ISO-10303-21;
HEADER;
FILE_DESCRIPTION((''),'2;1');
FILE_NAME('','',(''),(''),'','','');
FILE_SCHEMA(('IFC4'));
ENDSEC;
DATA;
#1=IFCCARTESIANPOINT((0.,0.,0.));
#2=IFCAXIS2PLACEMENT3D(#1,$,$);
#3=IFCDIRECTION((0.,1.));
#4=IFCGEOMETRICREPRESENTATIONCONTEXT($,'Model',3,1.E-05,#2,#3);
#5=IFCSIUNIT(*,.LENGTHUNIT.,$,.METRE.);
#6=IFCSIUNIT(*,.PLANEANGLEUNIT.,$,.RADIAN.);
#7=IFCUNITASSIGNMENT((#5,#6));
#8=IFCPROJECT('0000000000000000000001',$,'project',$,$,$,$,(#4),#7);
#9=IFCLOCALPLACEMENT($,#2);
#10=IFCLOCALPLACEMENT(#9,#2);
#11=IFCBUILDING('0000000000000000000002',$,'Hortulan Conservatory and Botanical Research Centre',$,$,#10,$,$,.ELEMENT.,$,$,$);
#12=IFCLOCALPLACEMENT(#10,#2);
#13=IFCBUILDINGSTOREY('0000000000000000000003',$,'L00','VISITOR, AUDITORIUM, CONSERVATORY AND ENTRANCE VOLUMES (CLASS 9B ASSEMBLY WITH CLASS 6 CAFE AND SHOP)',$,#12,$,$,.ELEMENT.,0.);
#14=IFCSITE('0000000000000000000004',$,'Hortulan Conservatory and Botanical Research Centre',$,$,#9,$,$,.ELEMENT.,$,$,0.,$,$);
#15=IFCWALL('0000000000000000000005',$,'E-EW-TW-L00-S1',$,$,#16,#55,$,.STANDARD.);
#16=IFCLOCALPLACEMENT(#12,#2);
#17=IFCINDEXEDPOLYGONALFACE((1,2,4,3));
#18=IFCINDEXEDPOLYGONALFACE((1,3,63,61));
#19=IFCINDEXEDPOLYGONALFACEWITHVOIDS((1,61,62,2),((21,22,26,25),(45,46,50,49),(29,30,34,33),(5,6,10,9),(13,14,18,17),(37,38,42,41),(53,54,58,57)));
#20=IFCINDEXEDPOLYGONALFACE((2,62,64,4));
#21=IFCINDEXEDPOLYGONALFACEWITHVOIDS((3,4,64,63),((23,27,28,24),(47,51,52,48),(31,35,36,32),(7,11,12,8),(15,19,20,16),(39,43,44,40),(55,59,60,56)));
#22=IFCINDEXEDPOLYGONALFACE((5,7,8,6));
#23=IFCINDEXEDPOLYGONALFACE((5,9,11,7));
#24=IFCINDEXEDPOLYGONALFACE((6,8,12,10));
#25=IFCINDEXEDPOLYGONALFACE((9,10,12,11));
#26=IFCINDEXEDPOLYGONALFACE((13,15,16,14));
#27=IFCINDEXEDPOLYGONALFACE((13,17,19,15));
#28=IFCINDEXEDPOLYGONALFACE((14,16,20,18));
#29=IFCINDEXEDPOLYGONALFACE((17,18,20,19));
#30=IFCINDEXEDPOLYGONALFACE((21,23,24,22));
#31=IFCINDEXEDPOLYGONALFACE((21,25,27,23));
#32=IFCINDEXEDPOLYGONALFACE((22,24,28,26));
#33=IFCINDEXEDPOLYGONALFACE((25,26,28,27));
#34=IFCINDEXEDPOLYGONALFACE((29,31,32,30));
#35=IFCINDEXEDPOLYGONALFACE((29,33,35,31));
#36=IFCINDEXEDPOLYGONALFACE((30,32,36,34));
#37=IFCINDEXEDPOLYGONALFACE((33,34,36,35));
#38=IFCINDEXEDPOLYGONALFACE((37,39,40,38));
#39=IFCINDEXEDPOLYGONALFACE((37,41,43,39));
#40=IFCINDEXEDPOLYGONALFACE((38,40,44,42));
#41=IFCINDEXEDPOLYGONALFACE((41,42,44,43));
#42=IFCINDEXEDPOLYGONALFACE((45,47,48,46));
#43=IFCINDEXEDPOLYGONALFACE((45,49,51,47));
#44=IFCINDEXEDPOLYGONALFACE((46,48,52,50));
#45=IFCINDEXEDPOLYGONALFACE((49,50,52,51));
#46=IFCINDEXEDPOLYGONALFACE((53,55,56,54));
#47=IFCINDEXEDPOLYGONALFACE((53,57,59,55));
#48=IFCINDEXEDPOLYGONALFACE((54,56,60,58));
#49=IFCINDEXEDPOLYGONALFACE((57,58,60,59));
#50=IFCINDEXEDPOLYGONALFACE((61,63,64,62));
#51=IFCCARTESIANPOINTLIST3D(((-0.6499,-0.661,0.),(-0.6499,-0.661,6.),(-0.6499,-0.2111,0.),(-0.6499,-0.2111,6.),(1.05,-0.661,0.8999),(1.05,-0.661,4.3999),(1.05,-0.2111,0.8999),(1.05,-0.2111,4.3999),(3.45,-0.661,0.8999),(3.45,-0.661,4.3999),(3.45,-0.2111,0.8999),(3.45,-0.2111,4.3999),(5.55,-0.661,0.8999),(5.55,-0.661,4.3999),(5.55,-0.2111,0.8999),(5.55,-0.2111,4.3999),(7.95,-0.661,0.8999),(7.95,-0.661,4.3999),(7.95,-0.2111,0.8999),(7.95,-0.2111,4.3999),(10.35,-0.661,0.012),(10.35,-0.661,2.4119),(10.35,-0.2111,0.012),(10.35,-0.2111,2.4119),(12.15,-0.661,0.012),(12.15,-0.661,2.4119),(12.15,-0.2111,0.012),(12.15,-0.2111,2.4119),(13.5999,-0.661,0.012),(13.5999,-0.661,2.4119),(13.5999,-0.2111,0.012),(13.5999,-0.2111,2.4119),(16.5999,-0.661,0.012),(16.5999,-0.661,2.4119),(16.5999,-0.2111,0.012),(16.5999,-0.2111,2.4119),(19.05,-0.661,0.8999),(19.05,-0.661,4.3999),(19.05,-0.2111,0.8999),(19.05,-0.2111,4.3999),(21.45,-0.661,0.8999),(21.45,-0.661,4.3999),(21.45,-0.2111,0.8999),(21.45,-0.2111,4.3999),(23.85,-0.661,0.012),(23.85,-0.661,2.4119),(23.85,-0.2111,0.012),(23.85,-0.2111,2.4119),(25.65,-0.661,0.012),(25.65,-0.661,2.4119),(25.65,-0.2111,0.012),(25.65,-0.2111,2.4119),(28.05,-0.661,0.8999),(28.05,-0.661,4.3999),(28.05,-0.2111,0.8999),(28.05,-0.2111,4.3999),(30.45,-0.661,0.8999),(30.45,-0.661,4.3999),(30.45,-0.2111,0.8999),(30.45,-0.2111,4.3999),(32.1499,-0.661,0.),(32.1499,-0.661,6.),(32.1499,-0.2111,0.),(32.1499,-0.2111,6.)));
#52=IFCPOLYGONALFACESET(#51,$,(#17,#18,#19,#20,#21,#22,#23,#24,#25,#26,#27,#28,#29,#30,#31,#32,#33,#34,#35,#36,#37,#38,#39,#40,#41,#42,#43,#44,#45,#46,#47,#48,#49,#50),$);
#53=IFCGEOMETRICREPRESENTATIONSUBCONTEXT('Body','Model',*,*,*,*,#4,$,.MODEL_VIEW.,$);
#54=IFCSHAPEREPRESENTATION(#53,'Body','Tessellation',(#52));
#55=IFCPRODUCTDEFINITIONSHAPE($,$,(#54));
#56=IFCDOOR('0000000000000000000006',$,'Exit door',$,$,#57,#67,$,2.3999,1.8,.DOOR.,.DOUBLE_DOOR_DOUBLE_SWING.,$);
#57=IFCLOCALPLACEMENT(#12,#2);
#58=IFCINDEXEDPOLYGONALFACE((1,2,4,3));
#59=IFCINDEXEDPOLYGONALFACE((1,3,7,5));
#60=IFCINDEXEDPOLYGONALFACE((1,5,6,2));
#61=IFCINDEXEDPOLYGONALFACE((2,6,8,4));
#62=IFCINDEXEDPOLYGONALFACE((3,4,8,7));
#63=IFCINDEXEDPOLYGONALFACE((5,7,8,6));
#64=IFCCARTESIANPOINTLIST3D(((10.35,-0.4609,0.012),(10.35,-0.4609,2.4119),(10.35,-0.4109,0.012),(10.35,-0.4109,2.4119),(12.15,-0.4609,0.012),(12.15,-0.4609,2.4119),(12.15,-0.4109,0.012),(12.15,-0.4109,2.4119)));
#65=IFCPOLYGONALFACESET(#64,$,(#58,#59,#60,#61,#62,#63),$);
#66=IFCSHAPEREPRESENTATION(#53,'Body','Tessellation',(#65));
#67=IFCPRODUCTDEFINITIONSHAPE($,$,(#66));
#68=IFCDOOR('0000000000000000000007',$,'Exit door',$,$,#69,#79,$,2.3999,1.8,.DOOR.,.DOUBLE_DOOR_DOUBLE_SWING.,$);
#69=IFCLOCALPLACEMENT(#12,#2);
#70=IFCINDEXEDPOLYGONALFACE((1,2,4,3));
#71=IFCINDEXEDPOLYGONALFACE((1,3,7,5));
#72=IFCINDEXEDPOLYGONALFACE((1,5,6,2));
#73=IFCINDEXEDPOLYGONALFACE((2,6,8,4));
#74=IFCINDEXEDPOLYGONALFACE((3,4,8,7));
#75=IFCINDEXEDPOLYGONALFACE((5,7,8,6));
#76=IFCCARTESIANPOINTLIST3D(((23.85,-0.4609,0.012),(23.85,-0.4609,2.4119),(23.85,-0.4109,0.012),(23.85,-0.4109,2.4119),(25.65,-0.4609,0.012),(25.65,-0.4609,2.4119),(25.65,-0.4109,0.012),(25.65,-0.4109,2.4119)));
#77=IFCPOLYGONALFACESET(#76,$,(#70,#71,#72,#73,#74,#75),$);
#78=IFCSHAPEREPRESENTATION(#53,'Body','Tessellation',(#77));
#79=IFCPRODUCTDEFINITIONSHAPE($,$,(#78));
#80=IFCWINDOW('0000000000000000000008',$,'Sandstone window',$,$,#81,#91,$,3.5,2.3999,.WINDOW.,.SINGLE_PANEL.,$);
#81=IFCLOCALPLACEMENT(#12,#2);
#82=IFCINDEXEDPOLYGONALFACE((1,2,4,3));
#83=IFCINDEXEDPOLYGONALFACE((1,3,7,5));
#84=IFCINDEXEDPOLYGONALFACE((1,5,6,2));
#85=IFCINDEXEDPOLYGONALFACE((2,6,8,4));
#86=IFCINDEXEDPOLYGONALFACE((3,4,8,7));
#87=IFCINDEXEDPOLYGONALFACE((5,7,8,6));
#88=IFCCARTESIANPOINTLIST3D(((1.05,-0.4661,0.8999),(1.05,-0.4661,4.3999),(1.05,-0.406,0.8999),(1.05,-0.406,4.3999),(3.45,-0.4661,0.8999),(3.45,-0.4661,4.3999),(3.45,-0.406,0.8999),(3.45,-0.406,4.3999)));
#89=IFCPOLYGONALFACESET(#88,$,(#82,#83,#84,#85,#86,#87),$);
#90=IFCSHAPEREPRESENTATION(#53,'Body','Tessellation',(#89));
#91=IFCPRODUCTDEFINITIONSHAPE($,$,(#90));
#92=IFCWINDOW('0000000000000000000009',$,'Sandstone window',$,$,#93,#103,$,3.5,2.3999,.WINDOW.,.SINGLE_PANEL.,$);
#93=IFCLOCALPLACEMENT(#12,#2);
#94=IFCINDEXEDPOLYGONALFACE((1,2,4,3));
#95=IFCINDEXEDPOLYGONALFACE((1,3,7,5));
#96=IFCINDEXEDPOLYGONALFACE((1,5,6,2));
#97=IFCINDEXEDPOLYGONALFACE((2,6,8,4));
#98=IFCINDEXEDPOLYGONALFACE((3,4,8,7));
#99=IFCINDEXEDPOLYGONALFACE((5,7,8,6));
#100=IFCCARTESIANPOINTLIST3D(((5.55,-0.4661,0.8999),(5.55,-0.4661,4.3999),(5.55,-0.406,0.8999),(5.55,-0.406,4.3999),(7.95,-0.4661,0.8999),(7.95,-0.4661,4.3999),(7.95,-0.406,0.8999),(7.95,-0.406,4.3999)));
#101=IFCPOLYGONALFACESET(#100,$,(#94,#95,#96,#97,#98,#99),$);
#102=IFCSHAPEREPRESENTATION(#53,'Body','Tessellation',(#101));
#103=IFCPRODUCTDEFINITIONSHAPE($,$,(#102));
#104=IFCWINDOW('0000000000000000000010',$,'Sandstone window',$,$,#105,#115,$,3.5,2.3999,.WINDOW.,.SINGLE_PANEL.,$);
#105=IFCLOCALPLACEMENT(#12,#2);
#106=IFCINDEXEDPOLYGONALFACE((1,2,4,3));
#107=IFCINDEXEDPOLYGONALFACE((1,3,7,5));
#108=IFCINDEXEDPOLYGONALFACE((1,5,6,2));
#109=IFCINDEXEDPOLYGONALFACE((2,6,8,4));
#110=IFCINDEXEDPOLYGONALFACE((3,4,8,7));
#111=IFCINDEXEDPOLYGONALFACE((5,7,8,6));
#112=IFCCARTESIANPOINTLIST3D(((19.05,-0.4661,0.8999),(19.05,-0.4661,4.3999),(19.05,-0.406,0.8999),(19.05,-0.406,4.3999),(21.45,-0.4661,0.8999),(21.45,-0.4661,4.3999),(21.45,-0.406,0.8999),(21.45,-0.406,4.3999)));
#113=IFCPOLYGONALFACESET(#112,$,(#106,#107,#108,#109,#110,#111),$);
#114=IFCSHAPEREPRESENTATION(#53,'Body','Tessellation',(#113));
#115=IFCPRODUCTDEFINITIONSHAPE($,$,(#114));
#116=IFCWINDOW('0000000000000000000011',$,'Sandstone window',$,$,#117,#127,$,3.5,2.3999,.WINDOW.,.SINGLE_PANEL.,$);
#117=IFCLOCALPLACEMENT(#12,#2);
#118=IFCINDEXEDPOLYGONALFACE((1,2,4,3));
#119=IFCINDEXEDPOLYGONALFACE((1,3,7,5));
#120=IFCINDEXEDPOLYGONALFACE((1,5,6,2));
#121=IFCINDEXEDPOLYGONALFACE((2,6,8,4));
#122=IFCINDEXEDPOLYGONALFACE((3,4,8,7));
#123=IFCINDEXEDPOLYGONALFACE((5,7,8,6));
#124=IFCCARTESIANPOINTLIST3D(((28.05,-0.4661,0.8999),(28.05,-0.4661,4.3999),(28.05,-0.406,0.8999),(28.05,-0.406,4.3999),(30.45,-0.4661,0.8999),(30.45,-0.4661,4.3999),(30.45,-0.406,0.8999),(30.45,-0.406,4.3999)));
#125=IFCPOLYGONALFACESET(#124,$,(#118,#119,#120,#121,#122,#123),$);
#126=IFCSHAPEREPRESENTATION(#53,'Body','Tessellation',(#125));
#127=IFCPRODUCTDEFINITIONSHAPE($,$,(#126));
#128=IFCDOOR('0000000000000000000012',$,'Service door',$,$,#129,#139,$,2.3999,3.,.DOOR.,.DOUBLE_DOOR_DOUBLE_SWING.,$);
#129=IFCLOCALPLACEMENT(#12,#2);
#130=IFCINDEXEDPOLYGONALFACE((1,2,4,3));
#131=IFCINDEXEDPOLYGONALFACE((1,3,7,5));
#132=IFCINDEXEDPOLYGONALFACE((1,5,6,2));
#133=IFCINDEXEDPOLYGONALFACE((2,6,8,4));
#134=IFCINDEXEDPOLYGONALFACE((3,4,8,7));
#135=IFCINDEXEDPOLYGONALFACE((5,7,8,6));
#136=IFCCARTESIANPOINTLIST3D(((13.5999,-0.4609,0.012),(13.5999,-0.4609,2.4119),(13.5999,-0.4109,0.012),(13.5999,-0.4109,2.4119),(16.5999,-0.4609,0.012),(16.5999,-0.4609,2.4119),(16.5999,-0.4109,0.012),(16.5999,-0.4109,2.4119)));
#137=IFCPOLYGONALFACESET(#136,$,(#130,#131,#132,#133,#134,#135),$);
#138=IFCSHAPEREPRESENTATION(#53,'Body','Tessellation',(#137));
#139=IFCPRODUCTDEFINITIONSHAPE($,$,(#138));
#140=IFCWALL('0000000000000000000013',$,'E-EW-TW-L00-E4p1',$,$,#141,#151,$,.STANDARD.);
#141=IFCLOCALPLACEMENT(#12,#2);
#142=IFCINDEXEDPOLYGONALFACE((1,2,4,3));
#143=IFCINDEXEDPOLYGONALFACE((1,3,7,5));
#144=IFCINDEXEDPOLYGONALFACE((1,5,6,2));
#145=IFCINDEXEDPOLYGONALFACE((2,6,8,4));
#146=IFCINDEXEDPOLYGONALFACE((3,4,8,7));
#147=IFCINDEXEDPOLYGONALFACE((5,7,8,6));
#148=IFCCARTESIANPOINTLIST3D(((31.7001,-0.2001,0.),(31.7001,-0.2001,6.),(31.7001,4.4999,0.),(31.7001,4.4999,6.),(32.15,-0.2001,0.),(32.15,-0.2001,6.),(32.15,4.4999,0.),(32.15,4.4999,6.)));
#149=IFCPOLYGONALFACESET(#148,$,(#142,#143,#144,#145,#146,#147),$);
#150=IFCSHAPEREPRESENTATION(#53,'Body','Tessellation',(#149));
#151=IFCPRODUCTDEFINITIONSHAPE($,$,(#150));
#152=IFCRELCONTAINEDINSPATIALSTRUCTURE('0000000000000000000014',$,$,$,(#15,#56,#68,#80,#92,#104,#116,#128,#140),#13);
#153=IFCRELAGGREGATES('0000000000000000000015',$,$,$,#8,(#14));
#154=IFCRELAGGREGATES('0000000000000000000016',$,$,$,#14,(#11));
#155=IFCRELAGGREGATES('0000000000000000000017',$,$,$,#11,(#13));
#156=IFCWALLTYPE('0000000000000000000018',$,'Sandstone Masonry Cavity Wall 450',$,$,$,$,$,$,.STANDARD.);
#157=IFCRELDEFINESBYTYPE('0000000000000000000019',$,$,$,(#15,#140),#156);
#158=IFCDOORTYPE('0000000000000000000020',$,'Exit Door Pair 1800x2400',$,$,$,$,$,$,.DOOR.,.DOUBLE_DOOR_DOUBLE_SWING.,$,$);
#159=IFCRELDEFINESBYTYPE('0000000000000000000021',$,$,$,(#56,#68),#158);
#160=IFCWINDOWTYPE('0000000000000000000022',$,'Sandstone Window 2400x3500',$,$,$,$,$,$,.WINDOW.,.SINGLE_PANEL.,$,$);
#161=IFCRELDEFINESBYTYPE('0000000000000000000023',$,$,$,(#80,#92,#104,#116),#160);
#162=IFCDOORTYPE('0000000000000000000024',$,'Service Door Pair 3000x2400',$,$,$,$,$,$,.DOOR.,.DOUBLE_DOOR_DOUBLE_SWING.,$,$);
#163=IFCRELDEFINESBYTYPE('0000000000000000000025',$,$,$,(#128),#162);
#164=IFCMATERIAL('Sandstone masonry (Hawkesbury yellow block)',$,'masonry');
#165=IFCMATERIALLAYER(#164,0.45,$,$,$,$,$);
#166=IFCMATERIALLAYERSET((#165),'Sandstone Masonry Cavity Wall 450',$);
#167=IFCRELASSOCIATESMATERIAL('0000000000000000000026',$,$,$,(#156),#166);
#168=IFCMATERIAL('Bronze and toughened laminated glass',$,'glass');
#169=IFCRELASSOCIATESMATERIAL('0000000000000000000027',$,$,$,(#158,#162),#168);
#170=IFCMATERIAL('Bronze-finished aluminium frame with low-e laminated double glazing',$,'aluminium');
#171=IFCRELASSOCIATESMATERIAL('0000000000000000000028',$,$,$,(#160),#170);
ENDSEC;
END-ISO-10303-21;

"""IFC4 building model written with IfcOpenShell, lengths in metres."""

from ifc_helpers import new_model, si_unit, direction, frame, frame_2d, origin, place, context, subcontext, project, spatial, rectangle, extrude, material, layer, layer_set, type_object, element, fill, save


model = new_model("IFC4")

# Units and contexts
model_context = context("Model", 3, precision=1e-05, world=origin(), true_north=direction((0.0, 1.0)))
body_context = subcontext(model_context, "Body", "Model", "MODEL_VIEW")
ifc_project = project(units=[si_unit("LENGTHUNIT", "METRE"), si_unit("PLANEANGLEUNIT", "RADIAN")], contexts=[model_context])

# Site, building, storey
site_placement = place(None, origin())
site = spatial("IfcSite", under=ifc_project, at=site_placement, Name="Hortulan Conservatory and Botanical Research Centre", CompositionType="ELEMENT", RefElevation=0.0)
building_placement = place(site_placement, origin())
building = spatial("IfcBuilding", under=site, at=building_placement, Name="Hortulan Conservatory and Botanical Research Centre", CompositionType="ELEMENT")
storey_placement = place(building_placement, origin())
storey = spatial("IfcBuildingStorey", under=building, at=storey_placement, Name="L00", Description="VISITOR, AUDITORIUM, CONSERVATORY AND ENTRANCE VOLUMES (CLASS 9B ASSEMBLY WITH CLASS 6 CAFE AND SHOP)", CompositionType="ELEMENT", Elevation=0.0)

# Wall, openings, doors, windows
ifc_material_1 = material(Name="Sandstone masonry (Hawkesbury yellow block)", Category="masonry")
ifc_layer_1 = layer(ifc_material_1, 0.45)
ifc_layer_set_1 = layer_set([ifc_layer_1], Name="Sandstone Masonry Cavity Wall 450")
wall_type = type_object("IfcWallType", Name="Sandstone Masonry Cavity Wall 450", PredefinedType="STANDARD", material=ifc_layer_set_1)
wall_1_placement = place(storey_placement, frame((32.1499, -0.436, 0.0), z_axis=(0.0, 0.0, 1.0), x_axis=(-1.0, 0.0, 0.0)))
wall_1 = element("IfcWall", 1, at=wall_1_placement, inside=storey, type_object=wall_type, Name="E-EW-TW-L00-S1", PredefinedType="STANDARD", context=body_context, shape_type="SweptSolid", body=[
    extrude(rectangle(XDim=32.7998, YDim=0.45, at=frame_2d((16.3999, 0.0))), origin(), (0.0, 0.0, 1.0), 6.0),
])
opening_1_placement = place(wall_1_placement, frame((15.55, 0.0, 0.012)))
opening_1 = element("IfcOpeningElement", 2, at=opening_1_placement, cuts=wall_1, PredefinedType="OPENING", context=body_context, shape_type="SweptSolid", body=[
    extrude(rectangle(XDim=3.0, YDim=2.3999, at=frame_2d((1.5, 1.2))), frame((0.0, 0.2349, 0.0), z_axis=(0.0, -1.0, 0.0), x_axis=(1.0, 0.0, 0.0)), (0.0, 0.0, 1.0), 0.47),
])
opening_2_placement = place(wall_1_placement, frame((20.0, 0.0, 0.012)))
opening_2 = element("IfcOpeningElement", 3, at=opening_2_placement, cuts=wall_1, PredefinedType="OPENING", context=body_context, shape_type="SweptSolid", body=[
    extrude(rectangle(XDim=1.8, YDim=2.3999, at=frame_2d((0.8999, 1.2))), frame((0.0, 0.2349, 0.0), z_axis=(0.0, -1.0, 0.0), x_axis=(1.0, 0.0, 0.0)), (0.0, 0.0, 1.0), 0.47),
])
opening_3_placement = place(wall_1_placement, frame((6.5, 0.0, 0.012)))
opening_3 = element("IfcOpeningElement", 4, at=opening_3_placement, cuts=wall_1, PredefinedType="OPENING", context=body_context, shape_type="SweptSolid", body=[
    extrude(rectangle(XDim=1.8, YDim=2.3999, at=frame_2d((0.8999, 1.2))), frame((0.0, 0.2349, 0.0), z_axis=(0.0, -1.0, 0.0), x_axis=(1.0, 0.0, 0.0)), (0.0, 0.0, 1.0), 0.47),
])
opening_4_placement = place(wall_1_placement, frame((28.7, 0.0, 0.8999)))
opening_4 = element("IfcOpeningElement", 5, at=opening_4_placement, cuts=wall_1, PredefinedType="OPENING", context=body_context, shape_type="SweptSolid", body=[
    extrude(rectangle(XDim=2.3999, YDim=3.5, at=frame_2d((1.2, 1.75))), frame((0.0, 0.2349, 0.0), z_axis=(0.0, -1.0, 0.0), x_axis=(1.0, 0.0, 0.0)), (0.0, 0.0, 1.0), 0.47),
])
opening_5_placement = place(wall_1_placement, frame((24.2, 0.0, 0.8999)))
opening_5 = element("IfcOpeningElement", 6, at=opening_5_placement, cuts=wall_1, PredefinedType="OPENING", context=body_context, shape_type="SweptSolid", body=[
    extrude(rectangle(XDim=2.3999, YDim=3.5, at=frame_2d((1.2, 1.75))), frame((0.0, 0.2349, 0.0), z_axis=(0.0, -1.0, 0.0), x_axis=(1.0, 0.0, 0.0)), (0.0, 0.0, 1.0), 0.47),
])
opening_6_placement = place(wall_1_placement, frame((10.7, 0.0, 0.8999)))
opening_6 = element("IfcOpeningElement", 7, at=opening_6_placement, cuts=wall_1, PredefinedType="OPENING", context=body_context, shape_type="SweptSolid", body=[
    extrude(rectangle(XDim=2.3999, YDim=3.5, at=frame_2d((1.2, 1.75))), frame((0.0, 0.2349, 0.0), z_axis=(0.0, -1.0, 0.0), x_axis=(1.0, 0.0, 0.0)), (0.0, 0.0, 1.0), 0.47),
])
opening_7_placement = place(wall_1_placement, frame((1.7, 0.0, 0.8999)))
opening_7 = element("IfcOpeningElement", 8, at=opening_7_placement, cuts=wall_1, PredefinedType="OPENING", context=body_context, shape_type="SweptSolid", body=[
    extrude(rectangle(XDim=2.3999, YDim=3.5, at=frame_2d((1.2, 1.75))), frame((0.0, 0.2349, 0.0), z_axis=(0.0, -1.0, 0.0), x_axis=(1.0, 0.0, 0.0)), (0.0, 0.0, 1.0), 0.47),
])
ifc_material_2 = material(Name="Bronze and toughened laminated glass", Category="glass")
door_type_1 = type_object("IfcDoorType", Name="Exit Door Pair 1800x2400", OperationType="DOUBLE_DOOR_DOUBLE_SWING", PredefinedType="DOOR", material=ifc_material_2)
door_1_placement = place(opening_2_placement, origin())
door_1 = element("IfcDoor", 9, at=door_1_placement, inside=storey, type_object=door_type_1, Name="Exit door", OperationType="DOUBLE_DOOR_DOUBLE_SWING", OverallHeight=2.3999, OverallWidth=1.8, PredefinedType="DOOR", context=body_context, shape_type="SweptSolid", body=[
    extrude(rectangle(XDim=1.8, YDim=2.3999, at=frame_2d((0.8999, 1.2))), frame((0.0, 0.0249, 0.0), z_axis=(0.0, -1.0, 0.0), x_axis=(1.0, 0.0, 0.0)), (0.0, 0.0, 1.0), 0.05),
])
fill(opening_2, door_1)
door_2_placement = place(opening_3_placement, origin())
door_2 = element("IfcDoor", 10, at=door_2_placement, inside=storey, type_object=door_type_1, Name="Exit door", OperationType="DOUBLE_DOOR_DOUBLE_SWING", OverallHeight=2.3999, OverallWidth=1.8, PredefinedType="DOOR", context=body_context, shape_type="SweptSolid", body=[
    extrude(rectangle(XDim=1.8, YDim=2.3999, at=frame_2d((0.8999, 1.2))), frame((0.0, 0.0249, 0.0), z_axis=(0.0, -1.0, 0.0), x_axis=(1.0, 0.0, 0.0)), (0.0, 0.0, 1.0), 0.05),
])
fill(opening_3, door_2)
ifc_material_3 = material(Name="Bronze-finished aluminium frame with low-e laminated double glazing", Category="aluminium")
window_type = type_object("IfcWindowType", Name="Sandstone Window 2400x3500", PartitioningType="SINGLE_PANEL", PredefinedType="WINDOW", material=ifc_material_3)
window_1_placement = place(opening_4_placement, origin())
window_1 = element("IfcWindow", 11, at=window_1_placement, inside=storey, type_object=window_type, Name="Sandstone window", OverallHeight=3.5, OverallWidth=2.3999, PartitioningType="SINGLE_PANEL", PredefinedType="WINDOW", context=body_context, shape_type="SweptSolid", body=[
    extrude(rectangle(XDim=2.3999, YDim=3.5, at=frame_2d((1.2, 1.75))), frame((0.0, 0.03, 0.0), z_axis=(0.0, -1.0, 0.0), x_axis=(1.0, 0.0, 0.0)), (0.0, 0.0, 1.0), 0.0601),
])
fill(opening_4, window_1)
window_2_placement = place(opening_5_placement, origin())
window_2 = element("IfcWindow", 12, at=window_2_placement, inside=storey, type_object=window_type, Name="Sandstone window", OverallHeight=3.5, OverallWidth=2.3999, PartitioningType="SINGLE_PANEL", PredefinedType="WINDOW", context=body_context, shape_type="SweptSolid", body=[
    extrude(rectangle(XDim=2.3999, YDim=3.5, at=frame_2d((1.2, 1.75))), frame((0.0, 0.03, 0.0), z_axis=(0.0, -1.0, 0.0), x_axis=(1.0, 0.0, 0.0)), (0.0, 0.0, 1.0), 0.0601),
])
fill(opening_5, window_2)
window_3_placement = place(opening_6_placement, origin())
window_3 = element("IfcWindow", 13, at=window_3_placement, inside=storey, type_object=window_type, Name="Sandstone window", OverallHeight=3.5, OverallWidth=2.3999, PartitioningType="SINGLE_PANEL", PredefinedType="WINDOW", context=body_context, shape_type="SweptSolid", body=[
    extrude(rectangle(XDim=2.3999, YDim=3.5, at=frame_2d((1.2, 1.75))), frame((0.0, 0.03, 0.0), z_axis=(0.0, -1.0, 0.0), x_axis=(1.0, 0.0, 0.0)), (0.0, 0.0, 1.0), 0.0601),
])
fill(opening_6, window_3)
window_4_placement = place(opening_7_placement, origin())
window_4 = element("IfcWindow", 14, at=window_4_placement, inside=storey, type_object=window_type, Name="Sandstone window", OverallHeight=3.5, OverallWidth=2.3999, PartitioningType="SINGLE_PANEL", PredefinedType="WINDOW", context=body_context, shape_type="SweptSolid", body=[
    extrude(rectangle(XDim=2.3999, YDim=3.5, at=frame_2d((1.2, 1.75))), frame((0.0, 0.03, 0.0), z_axis=(0.0, -1.0, 0.0), x_axis=(1.0, 0.0, 0.0)), (0.0, 0.0, 1.0), 0.0601),
])
fill(opening_7, window_4)
door_type_2 = type_object("IfcDoorType", Name="Service Door Pair 3000x2400", OperationType="DOUBLE_DOOR_DOUBLE_SWING", PredefinedType="DOOR", material=ifc_material_2)
door_3_placement = place(opening_1_placement, origin())
door_3 = element("IfcDoor", 15, at=door_3_placement, inside=storey, type_object=door_type_2, Name="Service door", OperationType="DOUBLE_DOOR_DOUBLE_SWING", OverallHeight=2.3999, OverallWidth=3.0, PredefinedType="DOOR", context=body_context, shape_type="SweptSolid", body=[
    extrude(rectangle(XDim=3.0, YDim=2.3999, at=frame_2d((1.5, 1.2))), frame((0.0, 0.0249, 0.0), z_axis=(0.0, -1.0, 0.0), x_axis=(1.0, 0.0, 0.0)), (0.0, 0.0, 1.0), 0.05),
])
fill(opening_1, door_3)

# Wall
wall_2_placement = place(storey_placement, frame((31.925, 4.5, 0.0), z_axis=(0.0, 0.0, 1.0), x_axis=(0.0, -1.0, 0.0)))
element("IfcWall", 16, at=wall_2_placement, inside=storey, type_object=wall_type, Name="E-EW-TW-L00-E4p1", PredefinedType="STANDARD", context=body_context, shape_type="SweptSolid", body=[
    extrude(rectangle(XDim=4.7, YDim=0.45, at=frame_2d((2.3501, 0.0))), origin(), (0.0, 0.0, 1.0), 6.0),
])

save(model, "model.ifc")
